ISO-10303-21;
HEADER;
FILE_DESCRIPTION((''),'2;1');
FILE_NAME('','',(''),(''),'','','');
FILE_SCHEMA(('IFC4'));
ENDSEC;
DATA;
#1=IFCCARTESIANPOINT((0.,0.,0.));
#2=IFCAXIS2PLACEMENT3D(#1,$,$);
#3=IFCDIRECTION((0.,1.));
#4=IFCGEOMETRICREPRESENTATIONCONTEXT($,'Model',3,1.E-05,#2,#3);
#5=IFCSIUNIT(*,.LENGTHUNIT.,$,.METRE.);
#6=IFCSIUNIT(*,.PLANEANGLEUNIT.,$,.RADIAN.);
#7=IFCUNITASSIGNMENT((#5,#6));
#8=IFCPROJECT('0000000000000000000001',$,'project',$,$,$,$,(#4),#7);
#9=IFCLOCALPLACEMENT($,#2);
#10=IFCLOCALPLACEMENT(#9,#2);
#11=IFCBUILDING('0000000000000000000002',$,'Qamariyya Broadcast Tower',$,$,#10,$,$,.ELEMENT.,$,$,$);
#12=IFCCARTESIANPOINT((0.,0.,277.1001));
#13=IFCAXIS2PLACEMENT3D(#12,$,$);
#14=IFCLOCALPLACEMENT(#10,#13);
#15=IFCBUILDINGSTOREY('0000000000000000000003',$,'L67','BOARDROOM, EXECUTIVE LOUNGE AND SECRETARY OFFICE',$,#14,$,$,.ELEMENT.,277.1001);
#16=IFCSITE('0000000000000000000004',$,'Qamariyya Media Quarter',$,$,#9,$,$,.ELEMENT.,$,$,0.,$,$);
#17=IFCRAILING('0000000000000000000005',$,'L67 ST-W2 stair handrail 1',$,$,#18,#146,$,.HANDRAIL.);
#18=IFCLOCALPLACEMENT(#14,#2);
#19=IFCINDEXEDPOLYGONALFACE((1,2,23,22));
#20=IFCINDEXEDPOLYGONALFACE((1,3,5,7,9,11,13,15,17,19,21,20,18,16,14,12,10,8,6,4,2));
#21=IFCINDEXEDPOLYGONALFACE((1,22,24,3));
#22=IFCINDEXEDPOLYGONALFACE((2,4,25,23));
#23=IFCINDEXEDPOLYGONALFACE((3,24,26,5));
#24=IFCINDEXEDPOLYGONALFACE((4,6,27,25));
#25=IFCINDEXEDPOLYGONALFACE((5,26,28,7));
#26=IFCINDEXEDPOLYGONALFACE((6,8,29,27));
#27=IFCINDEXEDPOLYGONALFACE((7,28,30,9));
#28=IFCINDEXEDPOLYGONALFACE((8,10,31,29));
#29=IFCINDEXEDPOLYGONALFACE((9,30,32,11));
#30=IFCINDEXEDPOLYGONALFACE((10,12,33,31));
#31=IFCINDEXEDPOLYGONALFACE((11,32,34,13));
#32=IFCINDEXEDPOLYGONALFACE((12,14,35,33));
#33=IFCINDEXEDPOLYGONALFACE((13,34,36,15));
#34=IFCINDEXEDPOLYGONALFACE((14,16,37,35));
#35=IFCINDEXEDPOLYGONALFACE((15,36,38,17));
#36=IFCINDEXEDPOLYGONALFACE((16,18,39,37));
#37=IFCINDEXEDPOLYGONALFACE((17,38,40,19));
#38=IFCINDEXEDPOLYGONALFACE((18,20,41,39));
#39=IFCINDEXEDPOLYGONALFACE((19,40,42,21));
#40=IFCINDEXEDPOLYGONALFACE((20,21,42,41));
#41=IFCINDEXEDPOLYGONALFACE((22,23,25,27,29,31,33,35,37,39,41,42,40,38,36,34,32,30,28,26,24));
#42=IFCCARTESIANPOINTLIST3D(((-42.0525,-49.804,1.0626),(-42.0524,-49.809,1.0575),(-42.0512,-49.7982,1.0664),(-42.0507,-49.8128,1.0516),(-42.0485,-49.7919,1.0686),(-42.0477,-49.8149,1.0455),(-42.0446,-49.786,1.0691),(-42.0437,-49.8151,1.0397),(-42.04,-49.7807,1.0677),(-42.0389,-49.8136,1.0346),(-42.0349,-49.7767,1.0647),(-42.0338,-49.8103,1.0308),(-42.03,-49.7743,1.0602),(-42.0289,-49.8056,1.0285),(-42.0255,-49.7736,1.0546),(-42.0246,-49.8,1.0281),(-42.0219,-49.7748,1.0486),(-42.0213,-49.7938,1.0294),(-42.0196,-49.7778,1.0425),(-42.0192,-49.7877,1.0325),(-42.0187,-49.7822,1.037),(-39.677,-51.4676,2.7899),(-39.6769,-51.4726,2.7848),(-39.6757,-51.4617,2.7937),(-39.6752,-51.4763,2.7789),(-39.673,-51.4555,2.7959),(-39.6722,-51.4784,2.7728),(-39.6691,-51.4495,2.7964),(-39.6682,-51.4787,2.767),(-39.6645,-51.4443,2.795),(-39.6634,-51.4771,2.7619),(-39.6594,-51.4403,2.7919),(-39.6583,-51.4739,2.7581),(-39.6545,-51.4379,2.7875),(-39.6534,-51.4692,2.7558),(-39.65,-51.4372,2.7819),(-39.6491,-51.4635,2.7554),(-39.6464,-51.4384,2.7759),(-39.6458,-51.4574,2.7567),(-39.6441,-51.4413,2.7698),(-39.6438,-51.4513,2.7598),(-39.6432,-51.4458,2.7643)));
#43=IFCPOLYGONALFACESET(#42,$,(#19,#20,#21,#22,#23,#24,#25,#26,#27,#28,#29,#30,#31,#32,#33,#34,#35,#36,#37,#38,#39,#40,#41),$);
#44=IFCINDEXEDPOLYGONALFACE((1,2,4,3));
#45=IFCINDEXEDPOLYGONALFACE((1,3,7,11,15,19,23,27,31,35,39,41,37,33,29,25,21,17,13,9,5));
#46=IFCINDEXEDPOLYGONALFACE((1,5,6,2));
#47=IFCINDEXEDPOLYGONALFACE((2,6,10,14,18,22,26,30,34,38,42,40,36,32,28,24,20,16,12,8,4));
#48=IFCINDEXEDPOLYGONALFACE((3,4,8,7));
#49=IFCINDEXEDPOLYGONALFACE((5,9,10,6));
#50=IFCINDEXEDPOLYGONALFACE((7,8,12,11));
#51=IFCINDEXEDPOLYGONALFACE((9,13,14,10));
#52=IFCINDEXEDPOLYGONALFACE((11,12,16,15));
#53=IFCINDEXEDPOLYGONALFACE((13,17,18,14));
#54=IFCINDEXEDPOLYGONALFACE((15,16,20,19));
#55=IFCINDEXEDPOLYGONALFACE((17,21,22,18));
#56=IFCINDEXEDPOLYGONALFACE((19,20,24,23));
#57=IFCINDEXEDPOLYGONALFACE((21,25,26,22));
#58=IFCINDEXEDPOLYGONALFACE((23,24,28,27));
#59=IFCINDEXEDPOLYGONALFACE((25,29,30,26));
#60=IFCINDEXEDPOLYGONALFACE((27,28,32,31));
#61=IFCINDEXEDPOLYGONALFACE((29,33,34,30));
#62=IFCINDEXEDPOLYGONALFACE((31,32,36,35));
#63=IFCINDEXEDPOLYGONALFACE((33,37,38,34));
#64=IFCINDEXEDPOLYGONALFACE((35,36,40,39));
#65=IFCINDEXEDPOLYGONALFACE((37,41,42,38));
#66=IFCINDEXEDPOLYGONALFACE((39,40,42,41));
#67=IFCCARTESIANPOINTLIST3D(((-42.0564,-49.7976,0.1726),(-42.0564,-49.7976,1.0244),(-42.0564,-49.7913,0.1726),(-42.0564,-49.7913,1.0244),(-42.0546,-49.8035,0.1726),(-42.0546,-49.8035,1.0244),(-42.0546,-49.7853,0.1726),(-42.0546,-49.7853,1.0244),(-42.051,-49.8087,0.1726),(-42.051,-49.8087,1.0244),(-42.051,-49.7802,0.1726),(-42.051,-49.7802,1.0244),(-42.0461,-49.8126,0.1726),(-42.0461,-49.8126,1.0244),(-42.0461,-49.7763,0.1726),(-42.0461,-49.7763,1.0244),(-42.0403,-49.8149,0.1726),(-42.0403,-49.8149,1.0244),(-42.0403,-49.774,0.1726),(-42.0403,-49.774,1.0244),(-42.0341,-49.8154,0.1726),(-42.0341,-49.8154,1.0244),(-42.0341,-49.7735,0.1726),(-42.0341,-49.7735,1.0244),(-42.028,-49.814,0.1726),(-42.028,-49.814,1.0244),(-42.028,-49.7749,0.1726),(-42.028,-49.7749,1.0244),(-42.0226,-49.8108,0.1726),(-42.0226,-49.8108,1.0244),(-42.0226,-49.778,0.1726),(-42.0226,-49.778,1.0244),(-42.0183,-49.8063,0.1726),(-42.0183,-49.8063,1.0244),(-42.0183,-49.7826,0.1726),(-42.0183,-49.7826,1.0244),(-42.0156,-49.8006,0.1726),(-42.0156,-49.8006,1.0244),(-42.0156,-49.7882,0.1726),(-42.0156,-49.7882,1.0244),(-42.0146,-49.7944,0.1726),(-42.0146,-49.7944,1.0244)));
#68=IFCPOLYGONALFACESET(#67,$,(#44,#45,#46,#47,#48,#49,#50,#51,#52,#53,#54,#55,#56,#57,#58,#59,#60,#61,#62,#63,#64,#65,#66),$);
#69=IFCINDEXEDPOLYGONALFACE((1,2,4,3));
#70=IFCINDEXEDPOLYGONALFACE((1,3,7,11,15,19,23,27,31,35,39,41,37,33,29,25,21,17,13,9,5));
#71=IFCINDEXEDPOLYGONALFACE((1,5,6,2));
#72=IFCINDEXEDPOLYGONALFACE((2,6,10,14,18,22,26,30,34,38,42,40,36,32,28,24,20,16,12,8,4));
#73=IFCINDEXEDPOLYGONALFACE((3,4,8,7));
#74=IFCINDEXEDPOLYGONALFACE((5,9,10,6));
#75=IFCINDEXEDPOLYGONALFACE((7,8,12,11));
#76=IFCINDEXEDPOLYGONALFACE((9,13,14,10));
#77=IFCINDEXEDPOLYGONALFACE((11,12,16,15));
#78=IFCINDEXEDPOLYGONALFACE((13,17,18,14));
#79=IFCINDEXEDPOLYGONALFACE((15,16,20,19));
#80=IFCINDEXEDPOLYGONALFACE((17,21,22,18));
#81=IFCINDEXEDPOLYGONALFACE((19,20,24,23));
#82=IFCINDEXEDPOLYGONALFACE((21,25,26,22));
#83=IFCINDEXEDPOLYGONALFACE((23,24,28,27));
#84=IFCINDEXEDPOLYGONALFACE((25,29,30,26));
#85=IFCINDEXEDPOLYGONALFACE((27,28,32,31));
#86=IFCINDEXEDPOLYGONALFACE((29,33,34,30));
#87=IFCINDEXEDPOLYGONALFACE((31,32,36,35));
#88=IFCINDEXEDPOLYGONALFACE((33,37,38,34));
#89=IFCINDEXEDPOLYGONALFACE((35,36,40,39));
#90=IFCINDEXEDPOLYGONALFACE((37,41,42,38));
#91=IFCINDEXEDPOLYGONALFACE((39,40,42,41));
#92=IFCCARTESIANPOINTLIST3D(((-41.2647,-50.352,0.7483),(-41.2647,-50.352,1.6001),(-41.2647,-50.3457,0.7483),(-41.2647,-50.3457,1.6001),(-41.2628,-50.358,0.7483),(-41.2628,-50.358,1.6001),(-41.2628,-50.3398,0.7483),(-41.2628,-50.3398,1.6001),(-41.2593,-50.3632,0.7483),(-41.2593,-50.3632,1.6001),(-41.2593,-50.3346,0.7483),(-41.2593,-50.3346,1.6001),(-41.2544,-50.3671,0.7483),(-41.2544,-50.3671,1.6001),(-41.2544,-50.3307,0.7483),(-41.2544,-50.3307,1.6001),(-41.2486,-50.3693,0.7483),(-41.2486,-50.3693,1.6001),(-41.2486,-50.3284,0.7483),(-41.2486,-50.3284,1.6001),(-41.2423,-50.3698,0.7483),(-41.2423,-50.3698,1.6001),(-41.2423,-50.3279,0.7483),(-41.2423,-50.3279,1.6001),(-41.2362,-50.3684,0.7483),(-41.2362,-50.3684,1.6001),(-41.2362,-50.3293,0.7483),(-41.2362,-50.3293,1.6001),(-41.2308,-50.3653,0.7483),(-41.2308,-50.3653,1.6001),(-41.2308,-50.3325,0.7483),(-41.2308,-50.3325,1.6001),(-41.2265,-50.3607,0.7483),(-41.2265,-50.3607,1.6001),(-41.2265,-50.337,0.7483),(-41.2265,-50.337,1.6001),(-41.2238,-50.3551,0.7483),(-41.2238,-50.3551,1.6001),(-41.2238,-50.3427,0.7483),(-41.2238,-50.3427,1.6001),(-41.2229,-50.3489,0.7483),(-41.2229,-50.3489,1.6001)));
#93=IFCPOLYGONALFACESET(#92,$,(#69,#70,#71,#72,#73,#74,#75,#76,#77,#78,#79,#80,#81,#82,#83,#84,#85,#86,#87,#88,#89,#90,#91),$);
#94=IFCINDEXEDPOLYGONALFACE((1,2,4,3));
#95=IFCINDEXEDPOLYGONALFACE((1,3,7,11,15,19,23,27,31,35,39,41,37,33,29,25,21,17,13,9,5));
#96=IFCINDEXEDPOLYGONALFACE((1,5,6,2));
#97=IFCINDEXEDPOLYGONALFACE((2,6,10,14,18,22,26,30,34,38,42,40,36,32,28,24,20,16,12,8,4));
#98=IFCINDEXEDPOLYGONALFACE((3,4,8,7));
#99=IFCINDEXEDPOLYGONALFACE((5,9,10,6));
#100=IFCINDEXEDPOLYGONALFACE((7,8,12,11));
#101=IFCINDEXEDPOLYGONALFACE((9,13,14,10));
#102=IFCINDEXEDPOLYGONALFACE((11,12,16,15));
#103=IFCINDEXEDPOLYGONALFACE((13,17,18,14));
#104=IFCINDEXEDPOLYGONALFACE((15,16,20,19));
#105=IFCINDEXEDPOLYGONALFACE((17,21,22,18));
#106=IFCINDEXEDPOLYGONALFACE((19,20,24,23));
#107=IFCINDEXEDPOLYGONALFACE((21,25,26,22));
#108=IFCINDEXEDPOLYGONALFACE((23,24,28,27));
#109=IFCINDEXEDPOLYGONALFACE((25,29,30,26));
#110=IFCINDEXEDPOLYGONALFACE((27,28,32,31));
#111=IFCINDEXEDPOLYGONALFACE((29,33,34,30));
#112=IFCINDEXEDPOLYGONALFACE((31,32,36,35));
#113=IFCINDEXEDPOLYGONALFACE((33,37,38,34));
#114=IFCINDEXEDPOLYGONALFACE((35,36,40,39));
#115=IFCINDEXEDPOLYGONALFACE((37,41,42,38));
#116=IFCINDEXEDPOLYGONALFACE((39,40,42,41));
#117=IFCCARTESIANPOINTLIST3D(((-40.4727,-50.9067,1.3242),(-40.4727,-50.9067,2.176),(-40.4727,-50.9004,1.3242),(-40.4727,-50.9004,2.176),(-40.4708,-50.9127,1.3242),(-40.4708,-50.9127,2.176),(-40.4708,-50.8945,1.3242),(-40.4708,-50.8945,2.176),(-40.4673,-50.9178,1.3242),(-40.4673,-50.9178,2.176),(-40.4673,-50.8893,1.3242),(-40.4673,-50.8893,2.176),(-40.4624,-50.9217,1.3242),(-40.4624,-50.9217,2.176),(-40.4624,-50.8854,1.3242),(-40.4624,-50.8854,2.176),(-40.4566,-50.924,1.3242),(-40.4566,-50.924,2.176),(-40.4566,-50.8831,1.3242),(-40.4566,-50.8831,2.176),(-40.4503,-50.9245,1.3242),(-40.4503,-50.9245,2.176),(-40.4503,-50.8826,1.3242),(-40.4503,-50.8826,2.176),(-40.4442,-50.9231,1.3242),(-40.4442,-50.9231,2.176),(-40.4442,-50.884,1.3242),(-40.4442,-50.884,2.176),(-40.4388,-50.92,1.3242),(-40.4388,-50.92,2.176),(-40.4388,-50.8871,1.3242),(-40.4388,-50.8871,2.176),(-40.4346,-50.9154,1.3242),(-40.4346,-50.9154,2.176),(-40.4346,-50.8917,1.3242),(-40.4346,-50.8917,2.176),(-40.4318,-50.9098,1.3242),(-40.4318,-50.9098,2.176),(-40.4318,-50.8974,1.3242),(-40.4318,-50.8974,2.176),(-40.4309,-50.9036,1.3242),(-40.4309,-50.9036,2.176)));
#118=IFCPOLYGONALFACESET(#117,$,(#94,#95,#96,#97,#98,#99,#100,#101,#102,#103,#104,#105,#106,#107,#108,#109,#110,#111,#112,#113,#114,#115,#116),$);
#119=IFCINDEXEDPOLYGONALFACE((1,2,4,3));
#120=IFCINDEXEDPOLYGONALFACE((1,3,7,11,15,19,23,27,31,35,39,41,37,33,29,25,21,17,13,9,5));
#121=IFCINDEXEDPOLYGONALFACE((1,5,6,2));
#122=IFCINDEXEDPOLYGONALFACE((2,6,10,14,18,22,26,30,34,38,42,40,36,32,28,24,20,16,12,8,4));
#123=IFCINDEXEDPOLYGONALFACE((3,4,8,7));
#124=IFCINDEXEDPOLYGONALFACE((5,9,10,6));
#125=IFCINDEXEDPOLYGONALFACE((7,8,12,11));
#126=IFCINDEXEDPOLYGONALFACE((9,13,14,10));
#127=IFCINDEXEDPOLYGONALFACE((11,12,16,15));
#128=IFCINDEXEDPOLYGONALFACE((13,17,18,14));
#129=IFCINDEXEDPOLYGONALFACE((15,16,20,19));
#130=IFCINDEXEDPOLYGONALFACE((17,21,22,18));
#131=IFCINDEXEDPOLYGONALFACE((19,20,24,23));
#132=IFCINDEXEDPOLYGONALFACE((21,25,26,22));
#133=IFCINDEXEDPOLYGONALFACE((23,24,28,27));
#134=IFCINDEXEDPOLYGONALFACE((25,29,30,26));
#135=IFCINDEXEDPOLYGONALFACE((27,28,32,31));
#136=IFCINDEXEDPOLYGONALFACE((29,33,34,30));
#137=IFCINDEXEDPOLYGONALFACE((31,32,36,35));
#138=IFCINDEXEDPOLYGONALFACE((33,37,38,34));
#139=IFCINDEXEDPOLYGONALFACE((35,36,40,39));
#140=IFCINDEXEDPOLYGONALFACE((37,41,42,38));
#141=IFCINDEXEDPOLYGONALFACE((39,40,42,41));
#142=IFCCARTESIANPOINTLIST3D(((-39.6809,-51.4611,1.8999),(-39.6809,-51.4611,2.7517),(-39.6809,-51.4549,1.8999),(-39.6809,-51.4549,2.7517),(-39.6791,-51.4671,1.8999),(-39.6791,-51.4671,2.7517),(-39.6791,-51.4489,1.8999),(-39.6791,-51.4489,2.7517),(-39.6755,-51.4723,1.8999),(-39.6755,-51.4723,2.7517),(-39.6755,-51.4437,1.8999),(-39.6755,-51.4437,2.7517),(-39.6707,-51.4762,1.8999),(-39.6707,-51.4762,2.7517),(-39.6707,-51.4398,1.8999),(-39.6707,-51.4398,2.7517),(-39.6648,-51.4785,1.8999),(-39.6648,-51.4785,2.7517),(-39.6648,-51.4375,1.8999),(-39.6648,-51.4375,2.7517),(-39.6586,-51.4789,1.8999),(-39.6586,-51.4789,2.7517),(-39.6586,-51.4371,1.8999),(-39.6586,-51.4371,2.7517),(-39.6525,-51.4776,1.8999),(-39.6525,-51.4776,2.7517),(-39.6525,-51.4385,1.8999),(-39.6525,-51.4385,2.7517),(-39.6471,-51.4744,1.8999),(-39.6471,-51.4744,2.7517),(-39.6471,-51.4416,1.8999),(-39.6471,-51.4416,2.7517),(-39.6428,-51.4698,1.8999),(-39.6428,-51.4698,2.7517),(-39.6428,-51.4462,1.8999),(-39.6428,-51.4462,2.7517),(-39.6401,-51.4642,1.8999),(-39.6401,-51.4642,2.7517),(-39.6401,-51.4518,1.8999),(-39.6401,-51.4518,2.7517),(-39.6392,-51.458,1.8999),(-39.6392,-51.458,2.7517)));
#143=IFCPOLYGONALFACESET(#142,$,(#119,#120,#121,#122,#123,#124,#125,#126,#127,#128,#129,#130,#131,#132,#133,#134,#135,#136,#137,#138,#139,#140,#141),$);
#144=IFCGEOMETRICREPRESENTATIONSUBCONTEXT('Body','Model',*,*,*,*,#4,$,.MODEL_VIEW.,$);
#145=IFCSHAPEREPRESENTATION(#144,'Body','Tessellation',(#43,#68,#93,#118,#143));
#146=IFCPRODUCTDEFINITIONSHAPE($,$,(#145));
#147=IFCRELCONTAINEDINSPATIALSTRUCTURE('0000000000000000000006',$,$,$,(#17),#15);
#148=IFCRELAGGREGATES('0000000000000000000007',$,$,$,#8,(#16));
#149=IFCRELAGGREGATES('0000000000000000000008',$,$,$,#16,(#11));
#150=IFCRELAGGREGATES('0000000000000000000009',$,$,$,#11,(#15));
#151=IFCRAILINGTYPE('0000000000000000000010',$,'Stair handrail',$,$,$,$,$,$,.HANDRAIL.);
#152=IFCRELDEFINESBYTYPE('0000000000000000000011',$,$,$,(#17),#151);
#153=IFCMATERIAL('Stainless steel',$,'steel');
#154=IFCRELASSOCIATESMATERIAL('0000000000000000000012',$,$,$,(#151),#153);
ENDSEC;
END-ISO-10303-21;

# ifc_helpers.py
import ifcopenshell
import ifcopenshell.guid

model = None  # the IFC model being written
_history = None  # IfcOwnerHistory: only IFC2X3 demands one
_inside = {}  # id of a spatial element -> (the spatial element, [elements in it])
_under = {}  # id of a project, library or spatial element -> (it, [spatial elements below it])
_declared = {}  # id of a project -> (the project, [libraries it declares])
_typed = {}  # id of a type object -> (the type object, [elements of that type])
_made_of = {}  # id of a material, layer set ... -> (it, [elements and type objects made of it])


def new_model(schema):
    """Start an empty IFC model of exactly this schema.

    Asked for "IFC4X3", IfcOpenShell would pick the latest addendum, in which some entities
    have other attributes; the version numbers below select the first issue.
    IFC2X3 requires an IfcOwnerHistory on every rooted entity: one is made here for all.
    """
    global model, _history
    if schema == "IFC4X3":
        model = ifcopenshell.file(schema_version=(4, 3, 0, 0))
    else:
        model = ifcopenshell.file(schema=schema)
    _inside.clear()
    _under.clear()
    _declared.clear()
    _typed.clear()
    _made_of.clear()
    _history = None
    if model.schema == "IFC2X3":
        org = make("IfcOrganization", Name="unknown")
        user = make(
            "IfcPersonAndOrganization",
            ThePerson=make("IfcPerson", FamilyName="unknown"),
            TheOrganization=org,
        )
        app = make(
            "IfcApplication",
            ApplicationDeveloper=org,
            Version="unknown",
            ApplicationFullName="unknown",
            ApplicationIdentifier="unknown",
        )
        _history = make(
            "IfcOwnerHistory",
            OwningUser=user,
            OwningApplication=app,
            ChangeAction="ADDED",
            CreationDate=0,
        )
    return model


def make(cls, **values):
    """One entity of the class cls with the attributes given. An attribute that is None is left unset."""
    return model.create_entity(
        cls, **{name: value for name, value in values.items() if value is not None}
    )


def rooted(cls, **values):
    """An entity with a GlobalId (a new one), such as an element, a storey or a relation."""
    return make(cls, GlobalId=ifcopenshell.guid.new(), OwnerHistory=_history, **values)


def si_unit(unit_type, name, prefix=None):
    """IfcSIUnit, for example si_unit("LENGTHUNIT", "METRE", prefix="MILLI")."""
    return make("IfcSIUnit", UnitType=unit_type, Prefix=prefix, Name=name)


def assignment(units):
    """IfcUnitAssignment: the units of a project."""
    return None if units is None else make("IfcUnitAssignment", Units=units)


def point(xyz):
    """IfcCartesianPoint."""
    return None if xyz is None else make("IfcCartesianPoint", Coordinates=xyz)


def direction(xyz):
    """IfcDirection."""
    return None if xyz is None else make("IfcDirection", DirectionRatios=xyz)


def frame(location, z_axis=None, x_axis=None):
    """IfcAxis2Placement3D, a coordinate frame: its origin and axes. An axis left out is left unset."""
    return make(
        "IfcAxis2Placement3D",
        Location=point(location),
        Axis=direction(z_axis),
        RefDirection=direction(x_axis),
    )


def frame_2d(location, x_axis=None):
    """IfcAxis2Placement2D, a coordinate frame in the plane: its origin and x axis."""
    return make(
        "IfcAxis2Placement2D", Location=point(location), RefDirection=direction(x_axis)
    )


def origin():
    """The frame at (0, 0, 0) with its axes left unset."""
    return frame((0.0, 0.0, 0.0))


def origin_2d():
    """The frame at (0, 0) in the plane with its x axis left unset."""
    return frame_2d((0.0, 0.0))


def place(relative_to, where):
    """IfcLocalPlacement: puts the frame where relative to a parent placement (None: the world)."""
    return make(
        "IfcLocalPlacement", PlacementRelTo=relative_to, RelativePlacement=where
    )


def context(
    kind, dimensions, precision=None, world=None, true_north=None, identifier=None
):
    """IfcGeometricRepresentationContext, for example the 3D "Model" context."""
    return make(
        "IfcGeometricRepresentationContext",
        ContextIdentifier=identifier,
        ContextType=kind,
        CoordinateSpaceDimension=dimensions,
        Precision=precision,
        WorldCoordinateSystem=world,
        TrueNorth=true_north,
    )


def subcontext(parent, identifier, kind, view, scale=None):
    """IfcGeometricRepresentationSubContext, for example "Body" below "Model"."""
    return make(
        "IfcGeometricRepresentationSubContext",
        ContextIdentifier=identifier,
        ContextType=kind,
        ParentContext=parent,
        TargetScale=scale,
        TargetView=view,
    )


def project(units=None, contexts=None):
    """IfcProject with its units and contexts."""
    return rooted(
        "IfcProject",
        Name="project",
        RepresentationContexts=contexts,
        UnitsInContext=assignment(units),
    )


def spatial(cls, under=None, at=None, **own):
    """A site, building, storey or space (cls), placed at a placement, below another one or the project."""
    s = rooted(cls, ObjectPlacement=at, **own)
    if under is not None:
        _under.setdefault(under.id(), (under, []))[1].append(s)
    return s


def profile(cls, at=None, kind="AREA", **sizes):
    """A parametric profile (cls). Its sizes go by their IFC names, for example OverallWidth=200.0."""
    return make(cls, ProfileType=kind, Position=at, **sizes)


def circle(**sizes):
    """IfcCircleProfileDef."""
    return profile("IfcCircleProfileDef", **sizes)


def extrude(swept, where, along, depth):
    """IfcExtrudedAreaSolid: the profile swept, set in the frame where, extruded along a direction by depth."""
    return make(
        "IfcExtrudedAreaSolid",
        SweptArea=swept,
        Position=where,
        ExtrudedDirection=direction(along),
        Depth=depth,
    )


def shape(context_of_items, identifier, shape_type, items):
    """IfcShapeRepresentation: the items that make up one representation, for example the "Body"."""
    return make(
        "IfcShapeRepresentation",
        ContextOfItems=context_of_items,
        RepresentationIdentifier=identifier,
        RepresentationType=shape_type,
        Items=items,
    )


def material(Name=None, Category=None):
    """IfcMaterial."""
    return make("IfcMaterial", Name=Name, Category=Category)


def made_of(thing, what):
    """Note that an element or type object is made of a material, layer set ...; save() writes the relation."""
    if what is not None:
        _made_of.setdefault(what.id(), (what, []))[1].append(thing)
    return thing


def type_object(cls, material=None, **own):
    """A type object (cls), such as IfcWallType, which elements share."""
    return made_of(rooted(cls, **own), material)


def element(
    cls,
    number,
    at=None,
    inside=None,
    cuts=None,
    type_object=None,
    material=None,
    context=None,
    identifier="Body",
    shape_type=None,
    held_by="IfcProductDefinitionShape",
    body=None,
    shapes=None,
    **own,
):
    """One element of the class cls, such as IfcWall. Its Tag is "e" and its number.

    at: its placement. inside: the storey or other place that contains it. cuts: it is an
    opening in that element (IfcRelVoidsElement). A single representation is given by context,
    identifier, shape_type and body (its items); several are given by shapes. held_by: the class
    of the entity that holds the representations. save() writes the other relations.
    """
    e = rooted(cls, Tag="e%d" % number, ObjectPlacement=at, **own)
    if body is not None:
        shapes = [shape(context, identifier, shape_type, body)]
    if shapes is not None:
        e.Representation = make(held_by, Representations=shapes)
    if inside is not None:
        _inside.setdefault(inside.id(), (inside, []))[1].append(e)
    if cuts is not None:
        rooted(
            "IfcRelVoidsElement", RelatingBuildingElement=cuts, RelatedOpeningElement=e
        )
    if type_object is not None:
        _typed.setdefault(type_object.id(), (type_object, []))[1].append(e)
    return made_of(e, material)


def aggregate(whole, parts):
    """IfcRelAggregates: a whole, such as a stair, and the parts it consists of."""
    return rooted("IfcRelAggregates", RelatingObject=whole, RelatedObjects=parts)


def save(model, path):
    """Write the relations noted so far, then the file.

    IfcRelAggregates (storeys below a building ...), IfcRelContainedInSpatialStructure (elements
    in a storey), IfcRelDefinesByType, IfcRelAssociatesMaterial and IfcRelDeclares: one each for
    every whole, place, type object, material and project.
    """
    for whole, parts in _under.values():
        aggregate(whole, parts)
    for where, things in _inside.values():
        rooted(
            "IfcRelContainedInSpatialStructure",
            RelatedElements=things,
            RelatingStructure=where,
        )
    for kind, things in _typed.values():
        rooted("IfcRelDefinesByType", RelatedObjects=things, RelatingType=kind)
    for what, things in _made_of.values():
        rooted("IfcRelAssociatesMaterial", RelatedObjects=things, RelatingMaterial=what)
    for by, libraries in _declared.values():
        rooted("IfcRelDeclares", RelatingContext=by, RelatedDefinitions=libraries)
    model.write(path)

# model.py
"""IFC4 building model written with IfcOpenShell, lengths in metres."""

from ifc_helpers import new_model, si_unit, direction, frame, origin, origin_2d, place, context, subcontext, project, spatial, circle, extrude, material, type_object, element, save


model = new_model("IFC4")

# Units and contexts
model_context = context("Model", 3, precision=1e-05, world=origin(), true_north=direction((0.0, 1.0)))
body_context = subcontext(model_context, "Body", "Model", "MODEL_VIEW")
ifc_project = project(units=[si_unit("LENGTHUNIT", "METRE"), si_unit("PLANEANGLEUNIT", "RADIAN")], contexts=[model_context])

# Site, building, storey
site_placement = place(None, origin())
site = spatial("IfcSite", under=ifc_project, at=site_placement, Name="Qamariyya Media Quarter", CompositionType="ELEMENT", RefElevation=0.0)
building_placement = place(site_placement, origin())
building = spatial("IfcBuilding", under=site, at=building_placement, Name="Qamariyya Broadcast Tower", CompositionType="ELEMENT")
storey_placement = place(building_placement, frame((0.0, 0.0, 277.1001)))
storey = spatial("IfcBuildingStorey", under=building, at=storey_placement, Name="L67", Description="BOARDROOM, EXECUTIVE LOUNGE AND SECRETARY OFFICE", CompositionType="ELEMENT", Elevation=277.1001)

# Railing
ifc_material_1 = material(Name="Stainless steel", Category="steel")
railing_type_1 = type_object("IfcRailingType", Name="Stair handrail", PredefinedType="HANDRAIL", material=ifc_material_1)
railing_1_placement = place(storey_placement, frame((-42.0356, -49.7944, 0.1726)))
element("IfcRailing", 1, at=railing_1_placement, inside=storey, type_object=railing_type_1, Name="L67 ST-W2 stair handrail 1", PredefinedType="HANDRAIL", context=body_context, shape_type="SweptSolid", body=[
    extrude(circle(Radius=0.0239, at=origin_2d()), frame((0.0, 0.0, 0.876), z_axis=(0.703745, -0.492838, 0.511716), x_axis=(0.573632, 0.819113, 0.0)), (0.0, 0.0, 1.0), 3.3755),
    extrude(circle(Radius=0.021, at=origin_2d()), origin(), (0.0, 0.0, 1.0), 0.8518),
    extrude(circle(Radius=0.021, at=origin_2d()), frame((0.7917, -0.5544, 0.5757)), (0.0, 0.0, 1.0), 0.8518),
    extrude(circle(Radius=0.021, at=origin_2d()), frame((1.5837, -1.1091, 1.1516)), (0.0, 0.0, 1.0), 0.8518),
    extrude(circle(Radius=0.021, at=origin_2d()), frame((2.3755, -1.6636, 1.7273)), (0.0, 0.0, 1.0), 0.8518),
])

save(model, "model.ifc")
